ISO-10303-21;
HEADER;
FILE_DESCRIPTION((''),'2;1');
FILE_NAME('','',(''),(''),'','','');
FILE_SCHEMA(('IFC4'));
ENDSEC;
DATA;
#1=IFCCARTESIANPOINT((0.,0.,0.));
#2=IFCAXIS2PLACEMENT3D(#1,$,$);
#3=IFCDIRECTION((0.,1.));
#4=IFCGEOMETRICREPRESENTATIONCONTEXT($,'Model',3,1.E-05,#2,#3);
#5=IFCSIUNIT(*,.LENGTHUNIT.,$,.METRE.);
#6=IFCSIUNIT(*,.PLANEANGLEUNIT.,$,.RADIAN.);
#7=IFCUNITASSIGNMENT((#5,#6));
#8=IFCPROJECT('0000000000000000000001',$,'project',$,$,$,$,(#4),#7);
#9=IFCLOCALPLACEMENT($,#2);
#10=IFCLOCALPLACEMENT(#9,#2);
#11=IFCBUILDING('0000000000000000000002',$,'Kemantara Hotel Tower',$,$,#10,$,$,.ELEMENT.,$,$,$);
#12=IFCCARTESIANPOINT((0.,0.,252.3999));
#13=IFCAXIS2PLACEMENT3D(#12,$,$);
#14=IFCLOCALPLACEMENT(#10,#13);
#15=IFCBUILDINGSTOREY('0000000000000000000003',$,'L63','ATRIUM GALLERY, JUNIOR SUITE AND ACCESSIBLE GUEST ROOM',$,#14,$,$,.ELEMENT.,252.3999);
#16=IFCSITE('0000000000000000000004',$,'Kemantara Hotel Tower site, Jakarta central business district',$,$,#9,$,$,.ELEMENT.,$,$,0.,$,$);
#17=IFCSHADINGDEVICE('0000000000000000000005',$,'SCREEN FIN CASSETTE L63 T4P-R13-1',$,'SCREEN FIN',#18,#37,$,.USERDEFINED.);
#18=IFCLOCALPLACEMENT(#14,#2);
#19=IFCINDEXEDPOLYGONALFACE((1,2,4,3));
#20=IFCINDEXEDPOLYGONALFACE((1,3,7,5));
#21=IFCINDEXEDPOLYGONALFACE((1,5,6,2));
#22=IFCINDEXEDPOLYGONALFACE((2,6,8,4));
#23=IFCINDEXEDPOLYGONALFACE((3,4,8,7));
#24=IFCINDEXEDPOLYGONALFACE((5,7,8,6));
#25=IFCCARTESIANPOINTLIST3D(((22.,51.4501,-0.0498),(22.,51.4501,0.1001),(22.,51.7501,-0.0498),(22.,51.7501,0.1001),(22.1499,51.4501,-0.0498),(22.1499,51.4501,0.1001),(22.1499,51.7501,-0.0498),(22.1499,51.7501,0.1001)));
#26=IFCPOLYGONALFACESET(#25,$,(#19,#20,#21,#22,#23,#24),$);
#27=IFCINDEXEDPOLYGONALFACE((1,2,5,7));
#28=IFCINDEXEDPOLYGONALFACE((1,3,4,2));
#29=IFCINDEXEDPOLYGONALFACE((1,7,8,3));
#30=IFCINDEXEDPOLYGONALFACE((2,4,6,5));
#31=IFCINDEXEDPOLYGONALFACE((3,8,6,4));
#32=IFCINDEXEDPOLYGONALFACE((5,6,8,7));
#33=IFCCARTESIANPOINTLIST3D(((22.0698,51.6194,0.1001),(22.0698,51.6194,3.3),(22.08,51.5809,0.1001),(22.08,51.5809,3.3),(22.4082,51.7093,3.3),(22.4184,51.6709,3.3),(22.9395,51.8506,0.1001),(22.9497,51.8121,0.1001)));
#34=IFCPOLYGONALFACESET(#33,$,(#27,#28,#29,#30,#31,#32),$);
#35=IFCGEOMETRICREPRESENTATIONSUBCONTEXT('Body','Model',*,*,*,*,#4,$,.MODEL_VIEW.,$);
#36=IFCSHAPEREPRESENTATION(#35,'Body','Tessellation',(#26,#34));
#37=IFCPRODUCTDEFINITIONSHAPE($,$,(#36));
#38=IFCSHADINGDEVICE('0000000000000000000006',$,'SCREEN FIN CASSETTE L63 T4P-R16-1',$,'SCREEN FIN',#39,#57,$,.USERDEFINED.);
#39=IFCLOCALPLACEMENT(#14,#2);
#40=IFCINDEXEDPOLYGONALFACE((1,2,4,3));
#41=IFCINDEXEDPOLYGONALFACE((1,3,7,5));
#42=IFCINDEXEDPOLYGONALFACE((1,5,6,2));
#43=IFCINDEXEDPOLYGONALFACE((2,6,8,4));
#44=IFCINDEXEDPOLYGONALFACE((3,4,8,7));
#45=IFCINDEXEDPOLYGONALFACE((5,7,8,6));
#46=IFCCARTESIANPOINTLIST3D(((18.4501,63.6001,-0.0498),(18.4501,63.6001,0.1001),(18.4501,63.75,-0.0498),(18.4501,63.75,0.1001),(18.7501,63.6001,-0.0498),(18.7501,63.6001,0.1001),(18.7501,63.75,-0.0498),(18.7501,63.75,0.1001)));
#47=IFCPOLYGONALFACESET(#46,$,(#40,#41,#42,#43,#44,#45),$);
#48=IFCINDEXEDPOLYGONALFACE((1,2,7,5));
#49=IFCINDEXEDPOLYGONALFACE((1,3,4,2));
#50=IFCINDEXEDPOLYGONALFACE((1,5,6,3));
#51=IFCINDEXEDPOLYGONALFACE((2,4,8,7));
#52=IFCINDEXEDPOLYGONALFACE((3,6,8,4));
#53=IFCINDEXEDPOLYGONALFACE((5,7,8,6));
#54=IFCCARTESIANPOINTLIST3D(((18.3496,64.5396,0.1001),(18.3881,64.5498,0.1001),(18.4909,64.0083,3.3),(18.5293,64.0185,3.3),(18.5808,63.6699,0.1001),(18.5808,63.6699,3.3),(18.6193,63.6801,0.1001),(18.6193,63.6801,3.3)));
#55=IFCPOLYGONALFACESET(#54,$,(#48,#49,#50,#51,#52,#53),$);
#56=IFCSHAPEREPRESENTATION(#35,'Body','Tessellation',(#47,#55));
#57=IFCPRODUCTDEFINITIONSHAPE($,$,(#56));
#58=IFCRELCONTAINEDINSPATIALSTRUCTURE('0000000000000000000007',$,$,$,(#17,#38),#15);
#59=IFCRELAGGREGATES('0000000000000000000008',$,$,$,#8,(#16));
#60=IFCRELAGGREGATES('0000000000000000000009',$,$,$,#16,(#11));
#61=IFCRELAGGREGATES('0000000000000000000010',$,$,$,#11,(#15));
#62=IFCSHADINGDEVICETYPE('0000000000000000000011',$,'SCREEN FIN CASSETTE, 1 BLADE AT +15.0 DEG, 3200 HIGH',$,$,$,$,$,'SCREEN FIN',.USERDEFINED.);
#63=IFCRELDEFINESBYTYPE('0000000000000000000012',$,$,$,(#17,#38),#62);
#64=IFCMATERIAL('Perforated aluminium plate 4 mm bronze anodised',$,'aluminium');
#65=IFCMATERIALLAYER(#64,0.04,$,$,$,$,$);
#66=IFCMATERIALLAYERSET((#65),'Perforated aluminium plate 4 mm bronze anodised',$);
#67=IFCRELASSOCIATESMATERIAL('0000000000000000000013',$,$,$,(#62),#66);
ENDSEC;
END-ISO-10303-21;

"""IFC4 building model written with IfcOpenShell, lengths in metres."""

from ifc_helpers import new_model, si_unit, direction, frame, origin, origin_2d, place, context, subcontext, project, spatial, polyline, rectangle, outline, extrude, source, transform, mapped, material, layer, layer_set, type_object, element, save


model = new_model("IFC4")

# Units and contexts
model_context = context("Model", 3, precision=1e-05, world=origin(), true_north=direction((0.0, 1.0)))
body_context = subcontext(model_context, "Body", "Model", "MODEL_VIEW")
ifc_project = project(units=[si_unit("LENGTHUNIT", "METRE"), si_unit("PLANEANGLEUNIT", "RADIAN")], contexts=[model_context])

# Site, building, storey
site_placement = place(None, origin())
site = spatial("IfcSite", under=ifc_project, at=site_placement, Name="Kemantara Hotel Tower site, Jakarta central business district", CompositionType="ELEMENT", RefElevation=0.0)
building_placement = place(site_placement, origin())
building = spatial("IfcBuilding", under=site, at=building_placement, Name="Kemantara Hotel Tower", CompositionType="ELEMENT")
storey_placement = place(building_placement, frame((0.0, 0.0, 252.3999)))
storey = spatial("IfcBuildingStorey", under=building, at=storey_placement, Name="L63", Description="ATRIUM GALLERY, JUNIOR SUITE AND ACCESSIBLE GUEST ROOM", CompositionType="ELEMENT", Elevation=252.3999)

# Shading devices
ifc_material_1 = material(Name="Perforated aluminium plate 4 mm bronze anodised", Category="aluminium")
ifc_layer_1 = layer(ifc_material_1, 0.04)
ifc_layer_set_1 = layer_set([ifc_layer_1], Name="Perforated aluminium plate 4 mm bronze anodised")
shading_device_type_1 = type_object("IfcShadingDeviceType", Name="SCREEN FIN CASSETTE, 1 BLADE AT +15.0 DEG, 3200 HIGH", ElementType="SCREEN FIN", PredefinedType="USERDEFINED", material=ifc_layer_set_1)
shared_shape_1 = source(origin(), body_context, "Body", "SweptSolid", [
    extrude(rectangle(XDim=0.3, YDim=0.1499, at=origin_2d()), frame((0.0, -0.075, -0.1499), z_axis=(0.0, 0.0, 1.0), x_axis=(1.0, 0.0, 0.0)), (0.0, 0.0, 1.0), 0.1499),
    extrude(outline(polyline([(0.0, 0.0), (0.8999, 0.0), (0.3501, 3.2), (0.0, 3.2), (0.0, 0.0)])), frame((0.0193, -0.0698, 0.0), z_axis=(-0.966438, -0.256901, 0.0), x_axis=(0.256901, -0.966438, 0.0)), (0.0, 0.0, 1.0), 0.0398),
])
for number, where, z_axis, x_axis, name in (
    (1, (22.0, 51.6001, 0.1001), (0.0, 0.0, 1.0), (0.0, 1.0, 0.0), "SCREEN FIN CASSETTE L63 T4P-R13-1"),
    (2, (18.6001, 63.6001, 0.1001), (0.0, 0.0, 1.0), (-1.0, 0.0, 0.0), "SCREEN FIN CASSETTE L63 T4P-R16-1"),
):
    element("IfcShadingDevice", number, at=place(storey_placement, frame(where, z_axis=z_axis, x_axis=x_axis)), inside=storey, type_object=shading_device_type_1, Name=name, ObjectType="SCREEN FIN", PredefinedType="USERDEFINED", context=body_context, shape_type="MappedRepresentation", body=[
        mapped(shared_shape_1, transform((0.0, 0.0, 0.0))),
    ])

save(model, "model.ifc")
